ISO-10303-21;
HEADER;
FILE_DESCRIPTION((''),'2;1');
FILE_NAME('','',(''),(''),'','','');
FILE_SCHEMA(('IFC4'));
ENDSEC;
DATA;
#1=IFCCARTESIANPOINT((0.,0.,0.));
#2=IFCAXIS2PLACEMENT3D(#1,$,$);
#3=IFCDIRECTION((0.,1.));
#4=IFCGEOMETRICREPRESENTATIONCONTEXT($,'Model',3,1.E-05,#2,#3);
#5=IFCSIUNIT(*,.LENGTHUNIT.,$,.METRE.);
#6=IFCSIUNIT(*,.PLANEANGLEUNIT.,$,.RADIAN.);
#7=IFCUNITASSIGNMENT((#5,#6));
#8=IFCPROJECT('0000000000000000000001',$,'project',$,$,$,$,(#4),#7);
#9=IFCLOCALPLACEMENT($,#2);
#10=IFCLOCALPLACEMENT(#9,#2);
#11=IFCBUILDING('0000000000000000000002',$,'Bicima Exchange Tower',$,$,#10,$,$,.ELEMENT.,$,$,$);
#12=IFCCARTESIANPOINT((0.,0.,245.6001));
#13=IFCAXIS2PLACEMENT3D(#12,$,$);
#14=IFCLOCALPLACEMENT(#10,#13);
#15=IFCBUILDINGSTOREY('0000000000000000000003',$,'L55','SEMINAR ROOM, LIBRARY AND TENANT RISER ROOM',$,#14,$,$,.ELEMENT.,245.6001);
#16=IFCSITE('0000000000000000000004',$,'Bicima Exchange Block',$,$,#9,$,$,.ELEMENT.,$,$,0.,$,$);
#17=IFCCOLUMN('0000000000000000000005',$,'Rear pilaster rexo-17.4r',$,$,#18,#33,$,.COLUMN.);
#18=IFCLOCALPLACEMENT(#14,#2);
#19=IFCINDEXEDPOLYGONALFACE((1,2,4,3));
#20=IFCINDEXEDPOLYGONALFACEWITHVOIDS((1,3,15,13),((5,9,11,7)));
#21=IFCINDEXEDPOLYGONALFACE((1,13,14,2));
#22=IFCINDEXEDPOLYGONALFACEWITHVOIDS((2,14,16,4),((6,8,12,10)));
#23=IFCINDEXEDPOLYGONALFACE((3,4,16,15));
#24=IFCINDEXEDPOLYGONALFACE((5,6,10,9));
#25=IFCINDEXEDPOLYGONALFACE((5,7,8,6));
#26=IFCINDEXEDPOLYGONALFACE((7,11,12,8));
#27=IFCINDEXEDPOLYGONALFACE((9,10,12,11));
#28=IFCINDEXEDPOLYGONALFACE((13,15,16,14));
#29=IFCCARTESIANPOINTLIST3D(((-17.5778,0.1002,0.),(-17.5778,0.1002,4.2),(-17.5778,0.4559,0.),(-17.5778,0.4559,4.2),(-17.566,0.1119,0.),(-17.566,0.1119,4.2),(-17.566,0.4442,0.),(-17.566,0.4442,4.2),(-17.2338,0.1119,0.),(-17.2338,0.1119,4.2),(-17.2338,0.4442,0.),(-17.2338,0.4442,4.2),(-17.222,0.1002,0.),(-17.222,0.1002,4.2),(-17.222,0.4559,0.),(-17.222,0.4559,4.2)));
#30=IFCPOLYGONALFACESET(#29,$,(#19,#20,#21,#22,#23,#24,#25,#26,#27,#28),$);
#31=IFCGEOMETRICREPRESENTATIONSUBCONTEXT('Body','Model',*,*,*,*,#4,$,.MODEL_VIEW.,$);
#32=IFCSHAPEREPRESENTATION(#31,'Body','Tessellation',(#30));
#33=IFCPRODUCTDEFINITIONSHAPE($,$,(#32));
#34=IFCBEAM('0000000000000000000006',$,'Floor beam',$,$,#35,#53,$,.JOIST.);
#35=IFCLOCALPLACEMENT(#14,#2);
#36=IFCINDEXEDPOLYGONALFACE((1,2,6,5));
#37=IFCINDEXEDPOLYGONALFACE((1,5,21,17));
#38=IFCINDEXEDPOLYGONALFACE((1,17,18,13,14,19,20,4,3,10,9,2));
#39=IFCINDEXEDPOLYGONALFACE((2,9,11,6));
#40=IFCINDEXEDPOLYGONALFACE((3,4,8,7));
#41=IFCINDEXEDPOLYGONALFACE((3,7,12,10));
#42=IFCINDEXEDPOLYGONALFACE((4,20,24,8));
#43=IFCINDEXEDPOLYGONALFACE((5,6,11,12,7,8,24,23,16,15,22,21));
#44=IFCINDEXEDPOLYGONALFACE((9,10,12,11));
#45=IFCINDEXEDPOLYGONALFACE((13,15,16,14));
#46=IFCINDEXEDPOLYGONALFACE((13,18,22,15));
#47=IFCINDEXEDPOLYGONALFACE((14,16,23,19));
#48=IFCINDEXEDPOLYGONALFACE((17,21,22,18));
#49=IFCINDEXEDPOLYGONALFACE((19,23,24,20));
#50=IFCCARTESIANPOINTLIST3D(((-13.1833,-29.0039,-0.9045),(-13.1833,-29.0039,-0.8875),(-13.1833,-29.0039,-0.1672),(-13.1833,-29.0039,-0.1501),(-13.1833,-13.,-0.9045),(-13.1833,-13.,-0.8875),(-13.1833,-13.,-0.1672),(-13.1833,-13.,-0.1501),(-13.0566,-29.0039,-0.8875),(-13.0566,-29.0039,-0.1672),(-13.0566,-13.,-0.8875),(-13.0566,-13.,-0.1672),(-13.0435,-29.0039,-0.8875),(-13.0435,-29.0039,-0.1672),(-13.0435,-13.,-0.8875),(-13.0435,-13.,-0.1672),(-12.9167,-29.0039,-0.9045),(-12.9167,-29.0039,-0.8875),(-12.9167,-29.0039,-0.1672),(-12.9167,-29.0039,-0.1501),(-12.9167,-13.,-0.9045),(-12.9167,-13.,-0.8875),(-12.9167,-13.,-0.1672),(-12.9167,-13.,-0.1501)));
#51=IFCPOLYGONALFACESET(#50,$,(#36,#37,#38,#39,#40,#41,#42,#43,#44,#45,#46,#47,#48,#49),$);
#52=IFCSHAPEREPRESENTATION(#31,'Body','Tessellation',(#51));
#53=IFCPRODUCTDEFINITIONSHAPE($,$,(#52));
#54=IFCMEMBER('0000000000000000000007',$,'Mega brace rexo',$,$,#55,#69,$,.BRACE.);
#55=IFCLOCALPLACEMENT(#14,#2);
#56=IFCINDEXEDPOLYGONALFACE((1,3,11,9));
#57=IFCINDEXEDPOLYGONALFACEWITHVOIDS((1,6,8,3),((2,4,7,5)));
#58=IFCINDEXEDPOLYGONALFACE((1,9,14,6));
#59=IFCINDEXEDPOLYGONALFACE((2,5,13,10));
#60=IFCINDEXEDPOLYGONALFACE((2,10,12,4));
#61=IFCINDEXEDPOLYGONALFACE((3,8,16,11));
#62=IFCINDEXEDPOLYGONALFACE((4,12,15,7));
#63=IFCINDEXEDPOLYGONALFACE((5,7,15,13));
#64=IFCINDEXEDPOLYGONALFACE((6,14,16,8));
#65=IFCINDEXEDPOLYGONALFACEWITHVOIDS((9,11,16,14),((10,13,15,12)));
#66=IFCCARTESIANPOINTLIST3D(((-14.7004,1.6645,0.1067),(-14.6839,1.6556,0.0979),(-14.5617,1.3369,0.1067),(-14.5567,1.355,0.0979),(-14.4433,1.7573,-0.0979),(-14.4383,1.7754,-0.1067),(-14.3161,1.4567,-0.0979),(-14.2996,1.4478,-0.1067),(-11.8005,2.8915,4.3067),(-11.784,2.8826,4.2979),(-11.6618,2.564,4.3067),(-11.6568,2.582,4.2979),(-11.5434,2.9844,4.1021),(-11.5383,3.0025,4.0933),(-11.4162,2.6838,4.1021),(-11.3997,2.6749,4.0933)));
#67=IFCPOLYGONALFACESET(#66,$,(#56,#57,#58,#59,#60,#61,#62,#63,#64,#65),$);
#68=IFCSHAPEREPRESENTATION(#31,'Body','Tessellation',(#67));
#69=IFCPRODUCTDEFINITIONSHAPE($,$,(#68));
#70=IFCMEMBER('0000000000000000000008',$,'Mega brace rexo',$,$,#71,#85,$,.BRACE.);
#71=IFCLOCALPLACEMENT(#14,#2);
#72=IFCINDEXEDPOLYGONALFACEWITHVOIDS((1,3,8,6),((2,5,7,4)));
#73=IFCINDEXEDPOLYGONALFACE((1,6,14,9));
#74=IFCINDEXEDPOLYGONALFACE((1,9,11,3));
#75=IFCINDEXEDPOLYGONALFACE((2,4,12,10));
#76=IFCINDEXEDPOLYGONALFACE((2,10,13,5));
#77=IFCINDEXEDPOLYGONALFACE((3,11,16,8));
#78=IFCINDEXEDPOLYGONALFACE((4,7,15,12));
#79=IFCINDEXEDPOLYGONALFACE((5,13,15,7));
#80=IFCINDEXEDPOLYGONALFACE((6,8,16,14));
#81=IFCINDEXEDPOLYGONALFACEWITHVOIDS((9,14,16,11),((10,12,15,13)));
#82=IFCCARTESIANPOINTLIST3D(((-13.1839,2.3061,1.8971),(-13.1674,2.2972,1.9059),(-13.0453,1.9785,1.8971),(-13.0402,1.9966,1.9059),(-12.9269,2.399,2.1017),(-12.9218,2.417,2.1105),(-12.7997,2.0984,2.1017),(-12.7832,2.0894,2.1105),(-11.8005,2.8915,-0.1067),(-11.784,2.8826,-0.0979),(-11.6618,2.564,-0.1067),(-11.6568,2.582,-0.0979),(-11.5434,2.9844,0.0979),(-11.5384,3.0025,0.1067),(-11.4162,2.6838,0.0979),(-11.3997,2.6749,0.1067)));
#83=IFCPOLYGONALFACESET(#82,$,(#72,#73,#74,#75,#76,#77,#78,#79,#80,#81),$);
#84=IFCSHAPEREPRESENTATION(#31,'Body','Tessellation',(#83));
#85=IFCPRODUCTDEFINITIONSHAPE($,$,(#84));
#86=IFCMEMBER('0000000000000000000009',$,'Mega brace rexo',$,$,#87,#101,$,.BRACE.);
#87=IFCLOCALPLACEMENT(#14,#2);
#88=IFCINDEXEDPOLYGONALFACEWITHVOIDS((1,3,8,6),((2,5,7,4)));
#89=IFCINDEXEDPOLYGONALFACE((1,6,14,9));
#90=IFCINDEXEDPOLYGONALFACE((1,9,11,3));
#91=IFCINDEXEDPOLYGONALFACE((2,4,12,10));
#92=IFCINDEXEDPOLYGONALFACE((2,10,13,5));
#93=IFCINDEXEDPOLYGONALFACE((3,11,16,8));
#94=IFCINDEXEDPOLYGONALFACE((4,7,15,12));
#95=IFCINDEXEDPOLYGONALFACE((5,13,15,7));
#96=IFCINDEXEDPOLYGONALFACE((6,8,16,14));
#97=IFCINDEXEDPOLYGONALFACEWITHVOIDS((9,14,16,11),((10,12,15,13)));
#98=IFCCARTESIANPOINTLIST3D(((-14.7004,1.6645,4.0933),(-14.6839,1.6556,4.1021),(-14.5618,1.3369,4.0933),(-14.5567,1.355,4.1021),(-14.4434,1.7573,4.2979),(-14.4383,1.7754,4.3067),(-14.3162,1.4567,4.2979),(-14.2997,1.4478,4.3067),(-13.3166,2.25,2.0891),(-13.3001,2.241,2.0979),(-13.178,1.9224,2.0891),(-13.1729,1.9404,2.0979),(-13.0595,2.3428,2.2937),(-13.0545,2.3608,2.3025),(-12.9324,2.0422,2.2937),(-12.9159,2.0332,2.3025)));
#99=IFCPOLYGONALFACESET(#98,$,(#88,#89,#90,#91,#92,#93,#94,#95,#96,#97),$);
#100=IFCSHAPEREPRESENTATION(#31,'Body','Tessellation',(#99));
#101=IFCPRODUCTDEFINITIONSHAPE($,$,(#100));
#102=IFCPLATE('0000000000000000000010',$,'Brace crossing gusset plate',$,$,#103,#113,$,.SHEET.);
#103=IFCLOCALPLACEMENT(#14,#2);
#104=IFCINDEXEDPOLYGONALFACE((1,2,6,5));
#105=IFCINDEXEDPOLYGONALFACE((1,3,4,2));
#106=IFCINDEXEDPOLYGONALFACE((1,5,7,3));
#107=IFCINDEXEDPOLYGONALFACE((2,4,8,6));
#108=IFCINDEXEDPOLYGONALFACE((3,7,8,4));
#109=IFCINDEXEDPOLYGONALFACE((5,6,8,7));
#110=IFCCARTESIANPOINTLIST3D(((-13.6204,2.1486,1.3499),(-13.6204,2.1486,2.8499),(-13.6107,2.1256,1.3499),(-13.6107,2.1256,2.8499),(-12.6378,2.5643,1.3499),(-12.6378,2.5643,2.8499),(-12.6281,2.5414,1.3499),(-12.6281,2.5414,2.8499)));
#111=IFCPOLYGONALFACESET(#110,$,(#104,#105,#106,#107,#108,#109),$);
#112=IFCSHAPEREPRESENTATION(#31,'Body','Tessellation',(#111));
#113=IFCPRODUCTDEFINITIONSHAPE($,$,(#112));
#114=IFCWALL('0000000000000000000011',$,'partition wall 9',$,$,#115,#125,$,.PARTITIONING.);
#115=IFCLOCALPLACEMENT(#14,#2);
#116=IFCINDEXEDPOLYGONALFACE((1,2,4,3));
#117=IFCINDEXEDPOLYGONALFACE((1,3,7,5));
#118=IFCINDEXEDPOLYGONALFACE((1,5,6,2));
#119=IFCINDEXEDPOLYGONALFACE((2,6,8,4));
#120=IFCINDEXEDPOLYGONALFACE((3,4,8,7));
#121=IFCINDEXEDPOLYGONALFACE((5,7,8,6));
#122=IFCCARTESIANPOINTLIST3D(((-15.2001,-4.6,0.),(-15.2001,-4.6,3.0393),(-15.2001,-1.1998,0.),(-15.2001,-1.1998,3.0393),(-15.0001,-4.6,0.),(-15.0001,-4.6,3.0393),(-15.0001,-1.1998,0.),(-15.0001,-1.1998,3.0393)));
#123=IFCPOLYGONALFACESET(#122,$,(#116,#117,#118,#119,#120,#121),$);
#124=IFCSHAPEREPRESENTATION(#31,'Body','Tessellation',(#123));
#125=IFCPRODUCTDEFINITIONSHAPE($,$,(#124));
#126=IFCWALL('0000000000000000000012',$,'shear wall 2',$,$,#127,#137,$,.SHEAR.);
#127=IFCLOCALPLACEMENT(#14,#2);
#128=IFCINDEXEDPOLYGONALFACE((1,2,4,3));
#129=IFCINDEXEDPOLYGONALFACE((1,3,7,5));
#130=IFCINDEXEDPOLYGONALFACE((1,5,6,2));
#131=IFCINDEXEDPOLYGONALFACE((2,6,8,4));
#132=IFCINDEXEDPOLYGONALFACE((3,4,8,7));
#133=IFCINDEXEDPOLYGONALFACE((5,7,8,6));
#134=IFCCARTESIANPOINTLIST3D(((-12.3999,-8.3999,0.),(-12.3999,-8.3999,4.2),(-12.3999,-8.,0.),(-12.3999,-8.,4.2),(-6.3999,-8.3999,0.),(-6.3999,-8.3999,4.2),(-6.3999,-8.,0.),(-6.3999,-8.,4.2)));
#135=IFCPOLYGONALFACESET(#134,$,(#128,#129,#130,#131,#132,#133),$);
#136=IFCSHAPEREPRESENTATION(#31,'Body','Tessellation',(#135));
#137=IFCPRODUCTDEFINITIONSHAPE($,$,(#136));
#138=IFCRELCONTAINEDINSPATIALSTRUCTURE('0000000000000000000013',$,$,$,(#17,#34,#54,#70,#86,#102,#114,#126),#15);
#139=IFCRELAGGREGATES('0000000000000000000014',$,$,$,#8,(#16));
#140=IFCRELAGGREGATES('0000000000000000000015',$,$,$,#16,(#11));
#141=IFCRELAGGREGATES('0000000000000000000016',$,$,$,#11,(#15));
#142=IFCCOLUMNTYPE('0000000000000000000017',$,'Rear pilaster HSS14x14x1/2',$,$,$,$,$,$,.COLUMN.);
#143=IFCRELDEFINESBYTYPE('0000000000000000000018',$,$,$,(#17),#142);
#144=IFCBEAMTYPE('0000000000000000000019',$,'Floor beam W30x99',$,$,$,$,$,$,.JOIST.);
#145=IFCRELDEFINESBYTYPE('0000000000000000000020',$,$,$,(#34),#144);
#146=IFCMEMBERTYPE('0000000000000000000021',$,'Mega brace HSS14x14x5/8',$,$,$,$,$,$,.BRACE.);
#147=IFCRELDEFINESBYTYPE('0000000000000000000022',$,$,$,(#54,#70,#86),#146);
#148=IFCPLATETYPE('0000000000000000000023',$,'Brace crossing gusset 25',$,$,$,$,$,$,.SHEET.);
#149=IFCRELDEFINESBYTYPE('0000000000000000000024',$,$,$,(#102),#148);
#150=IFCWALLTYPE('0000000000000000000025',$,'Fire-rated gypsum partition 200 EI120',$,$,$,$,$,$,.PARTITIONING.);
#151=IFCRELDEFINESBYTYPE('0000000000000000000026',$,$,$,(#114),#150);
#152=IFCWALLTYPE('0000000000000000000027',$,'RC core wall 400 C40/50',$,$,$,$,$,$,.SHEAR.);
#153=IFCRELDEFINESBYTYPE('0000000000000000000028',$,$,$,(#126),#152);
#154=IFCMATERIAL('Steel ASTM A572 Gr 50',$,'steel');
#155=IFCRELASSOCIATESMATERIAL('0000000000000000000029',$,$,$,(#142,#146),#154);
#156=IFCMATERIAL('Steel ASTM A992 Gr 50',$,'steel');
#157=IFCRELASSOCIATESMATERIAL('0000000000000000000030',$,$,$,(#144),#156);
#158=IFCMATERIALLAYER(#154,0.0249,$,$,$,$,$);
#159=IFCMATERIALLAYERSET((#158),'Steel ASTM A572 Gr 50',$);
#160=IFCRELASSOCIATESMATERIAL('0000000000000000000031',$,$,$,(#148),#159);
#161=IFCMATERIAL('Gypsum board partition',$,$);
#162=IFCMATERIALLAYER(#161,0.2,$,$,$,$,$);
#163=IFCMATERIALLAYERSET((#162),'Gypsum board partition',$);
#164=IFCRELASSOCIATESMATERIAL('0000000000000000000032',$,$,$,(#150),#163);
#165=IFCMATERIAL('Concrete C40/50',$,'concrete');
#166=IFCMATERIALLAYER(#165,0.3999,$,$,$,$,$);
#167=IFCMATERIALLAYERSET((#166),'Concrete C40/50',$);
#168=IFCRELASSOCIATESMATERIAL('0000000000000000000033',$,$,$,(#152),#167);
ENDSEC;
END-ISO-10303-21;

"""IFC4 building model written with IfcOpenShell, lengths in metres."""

from ifc_helpers import new_model, si_unit, direction, frame, frame_2d, origin, origin_2d, place, context, subcontext, project, spatial, rectangle, hollow_rectangle, i_section, extrude, material, layer, layer_set, material_profile, profile_set, type_object, element, save


model = new_model("IFC4")

# Units and contexts
model_context = context("Model", 3, precision=1e-05, world=origin(), true_north=direction((0.0, 1.0)))
body_context = subcontext(model_context, "Body", "Model", "MODEL_VIEW")
ifc_project = project(units=[si_unit("LENGTHUNIT", "METRE"), si_unit("PLANEANGLEUNIT", "RADIAN")], contexts=[model_context])

# Site, building, storey
site_placement = place(None, origin())
site = spatial("IfcSite", under=ifc_project, at=site_placement, Name="Bicima Exchange Block", CompositionType="ELEMENT", RefElevation=0.0)
building_placement = place(site_placement, origin())
building = spatial("IfcBuilding", under=site, at=building_placement, Name="Bicima Exchange Tower", CompositionType="ELEMENT")
storey_placement = place(building_placement, frame((0.0, 0.0, 245.6001)))
storey = spatial("IfcBuildingStorey", under=building, at=storey_placement, Name="L55", Description="SEMINAR ROOM, LIBRARY AND TENANT RISER ROOM", CompositionType="ELEMENT", Elevation=245.6001)

# Column
ifc_material_1 = material(Name="Steel ASTM A572 Gr 50", Category="steel")
ifc_material_profile_1 = material_profile(ifc_material_1, hollow_rectangle(XDim=0.3557, YDim=0.3557, WallThickness=0.0117, at=origin_2d()))
ifc_profile_set_1 = profile_set([ifc_material_profile_1], Name="Steel ASTM A572 Gr 50")
column_type = type_object("IfcColumnType", Name="Rear pilaster HSS14x14x1/2", PredefinedType="COLUMN", material=ifc_profile_set_1)
column_placement = place(storey_placement, frame((-17.3999, 0.2781, 0.0), z_axis=(0.0, 0.0, 1.0), x_axis=(1.0, 0.0, 0.0)))
element("IfcColumn", 1, at=column_placement, inside=storey, type_object=column_type, Name="Rear pilaster rexo-17.4r", PredefinedType="COLUMN", context=body_context, shape_type="SweptSolid", body=[
    extrude(hollow_rectangle(XDim=0.3557, YDim=0.3557, WallThickness=0.0117, at=origin_2d()), origin(), (0.0, 0.0, 1.0), 4.2),
])

# Beam
ifc_material_2 = material(Name="Steel ASTM A992 Gr 50", Category="steel")
ifc_material_profile_2 = material_profile(ifc_material_2, i_section(OverallWidth=0.2666, OverallDepth=0.7544, WebThickness=0.0132, FlangeThickness=0.0171, at=origin_2d()))
ifc_profile_set_2 = profile_set([ifc_material_profile_2], Name="Steel ASTM A992 Gr 50")
beam_type = type_object("IfcBeamType", Name="Floor beam W30x99", PredefinedType="JOIST", material=ifc_profile_set_2)
beam_placement = place(storey_placement, frame((-13.05, -13.0, -0.5273), z_axis=(0.0, -1.0, 0.0), x_axis=(1.0, 0.0, 0.0)))
element("IfcBeam", 2, at=beam_placement, inside=storey, type_object=beam_type, Name="Floor beam", PredefinedType="JOIST", context=body_context, shape_type="SweptSolid", body=[
    extrude(i_section(OverallWidth=0.2666, OverallDepth=0.7544, WebThickness=0.0132, FlangeThickness=0.0171, at=origin_2d()), origin(), (0.0, 0.0, 1.0), 16.0039),
])

# Members
ifc_material_profile_3 = material_profile(ifc_material_1, hollow_rectangle(XDim=0.3557, YDim=0.3557, WallThickness=0.0146, at=origin_2d()))
ifc_profile_set_3 = profile_set([ifc_material_profile_3], Name="Steel ASTM A572 Gr 50")
member_type = type_object("IfcMemberType", Name="Mega brace HSS14x14x5/8", PredefinedType="BRACE", material=ifc_profile_set_3)
member_1_placement = place(storey_placement, frame((-14.5, 1.5562, 0.0), z_axis=(0.552441, 0.233757, 0.800104), x_axis=(-0.389686, 0.920948, 0.0)))
element("IfcMember", 3, at=member_1_placement, inside=storey, type_object=member_type, Name="Mega brace rexo", PredefinedType="BRACE", context=body_context, shape_type="SweptSolid", body=[
    extrude(hollow_rectangle(XDim=0.3557, YDim=0.3557, WallThickness=0.0146, at=origin_2d()), origin(), (0.0, 0.0, 1.0), 5.2493),
])
member_2_placement = place(storey_placement, frame((-11.6001, 2.7832, 0.0), z_axis=(-0.552421, -0.233758, 0.800118), x_axis=(0.389698, -0.920943, 0.0)))
element("IfcMember", 4, at=member_2_placement, inside=storey, type_object=member_type, Name="Mega brace rexo", PredefinedType="BRACE", context=body_context, shape_type="SweptSolid", body=[
    extrude(hollow_rectangle(XDim=0.3557, YDim=0.3557, WallThickness=0.0146, at=origin_2d()), origin(), (0.0, 0.0, 1.0), 2.5044),
])
member_3_placement = place(storey_placement, frame((-13.1162, 2.1416, 2.1958), z_axis=(-0.552445, -0.233727, 0.80011), x_axis=(0.38964, -0.920967, 0.0)))
element("IfcMember", 5, at=member_3_placement, inside=storey, type_object=member_type, Name="Mega brace rexo", PredefinedType="BRACE", context=body_context, shape_type="SweptSolid", body=[
    extrude(hollow_rectangle(XDim=0.3557, YDim=0.3557, WallThickness=0.0146, at=origin_2d()), origin(), (0.0, 0.0, 1.0), 2.5049),
])

# Plate
ifc_layer_1 = layer(ifc_material_1, 0.0249)
ifc_layer_set_1 = layer_set([ifc_layer_1], Name="Steel ASTM A572 Gr 50")
plate_type = type_object("IfcPlateType", Name="Brace crossing gusset 25", PredefinedType="SHEET", material=ifc_layer_set_1)
plate_placement = place(storey_placement, frame((-13.1243, 2.345, 1.3499), z_axis=(0.0, 0.0, 1.0), x_axis=(0.920946, 0.38969, 0.0)))
element("IfcPlate", 6, at=plate_placement, inside=storey, type_object=plate_type, Name="Brace crossing gusset plate", PredefinedType="SHEET", context=body_context, shape_type="SweptSolid", body=[
    extrude(rectangle(XDim=1.0669, YDim=0.0249, at=origin_2d()), origin(), (0.0, 0.0, 1.0), 1.5),
])

# Walls
ifc_material_3 = material(Name="Gypsum board partition")
ifc_layer_2 = layer(ifc_material_3, 0.2)
ifc_layer_set_2 = layer_set([ifc_layer_2], Name="Gypsum board partition")
wall_type_1 = type_object("IfcWallType", Name="Fire-rated gypsum partition 200 EI120", PredefinedType="PARTITIONING", material=ifc_layer_set_2)
wall_1_placement = place(storey_placement, frame((-15.1001, -4.6001, 0.0), z_axis=(0.0, 0.0, 1.0), x_axis=(0.0, 1.0, 0.0)))
element("IfcWall", 7, at=wall_1_placement, inside=storey, type_object=wall_type_1, Name="partition wall 9", PredefinedType="PARTITIONING", context=body_context, shape_type="SweptSolid", body=[
    extrude(rectangle(XDim=3.4001, YDim=0.2, at=frame_2d((1.7002, 0.0))), origin(), (0.0, 0.0, 1.0), 3.0393),
])
ifc_material_4 = material(Name="Concrete C40/50", Category="concrete")
ifc_layer_3 = layer(ifc_material_4, 0.3999)
ifc_layer_set_3 = layer_set([ifc_layer_3], Name="Concrete C40/50")
wall_type_2 = type_object("IfcWallType", Name="RC core wall 400 C40/50", PredefinedType="SHEAR", material=ifc_layer_set_3)
wall_2_placement = place(storey_placement, frame((-12.3999, -8.2, 0.0), z_axis=(0.0, 0.0, 1.0), x_axis=(1.0, 0.0, 0.0)))
element("IfcWall", 8, at=wall_2_placement, inside=storey, type_object=wall_type_2, Name="shear wall 2", PredefinedType="SHEAR", context=body_context, shape_type="SweptSolid", body=[
    extrude(rectangle(XDim=6.0, YDim=0.3999, at=frame_2d((3.0, 0.0))), origin(), (0.0, 0.0, 1.0), 4.2),
])

save(model, "model.ifc")
